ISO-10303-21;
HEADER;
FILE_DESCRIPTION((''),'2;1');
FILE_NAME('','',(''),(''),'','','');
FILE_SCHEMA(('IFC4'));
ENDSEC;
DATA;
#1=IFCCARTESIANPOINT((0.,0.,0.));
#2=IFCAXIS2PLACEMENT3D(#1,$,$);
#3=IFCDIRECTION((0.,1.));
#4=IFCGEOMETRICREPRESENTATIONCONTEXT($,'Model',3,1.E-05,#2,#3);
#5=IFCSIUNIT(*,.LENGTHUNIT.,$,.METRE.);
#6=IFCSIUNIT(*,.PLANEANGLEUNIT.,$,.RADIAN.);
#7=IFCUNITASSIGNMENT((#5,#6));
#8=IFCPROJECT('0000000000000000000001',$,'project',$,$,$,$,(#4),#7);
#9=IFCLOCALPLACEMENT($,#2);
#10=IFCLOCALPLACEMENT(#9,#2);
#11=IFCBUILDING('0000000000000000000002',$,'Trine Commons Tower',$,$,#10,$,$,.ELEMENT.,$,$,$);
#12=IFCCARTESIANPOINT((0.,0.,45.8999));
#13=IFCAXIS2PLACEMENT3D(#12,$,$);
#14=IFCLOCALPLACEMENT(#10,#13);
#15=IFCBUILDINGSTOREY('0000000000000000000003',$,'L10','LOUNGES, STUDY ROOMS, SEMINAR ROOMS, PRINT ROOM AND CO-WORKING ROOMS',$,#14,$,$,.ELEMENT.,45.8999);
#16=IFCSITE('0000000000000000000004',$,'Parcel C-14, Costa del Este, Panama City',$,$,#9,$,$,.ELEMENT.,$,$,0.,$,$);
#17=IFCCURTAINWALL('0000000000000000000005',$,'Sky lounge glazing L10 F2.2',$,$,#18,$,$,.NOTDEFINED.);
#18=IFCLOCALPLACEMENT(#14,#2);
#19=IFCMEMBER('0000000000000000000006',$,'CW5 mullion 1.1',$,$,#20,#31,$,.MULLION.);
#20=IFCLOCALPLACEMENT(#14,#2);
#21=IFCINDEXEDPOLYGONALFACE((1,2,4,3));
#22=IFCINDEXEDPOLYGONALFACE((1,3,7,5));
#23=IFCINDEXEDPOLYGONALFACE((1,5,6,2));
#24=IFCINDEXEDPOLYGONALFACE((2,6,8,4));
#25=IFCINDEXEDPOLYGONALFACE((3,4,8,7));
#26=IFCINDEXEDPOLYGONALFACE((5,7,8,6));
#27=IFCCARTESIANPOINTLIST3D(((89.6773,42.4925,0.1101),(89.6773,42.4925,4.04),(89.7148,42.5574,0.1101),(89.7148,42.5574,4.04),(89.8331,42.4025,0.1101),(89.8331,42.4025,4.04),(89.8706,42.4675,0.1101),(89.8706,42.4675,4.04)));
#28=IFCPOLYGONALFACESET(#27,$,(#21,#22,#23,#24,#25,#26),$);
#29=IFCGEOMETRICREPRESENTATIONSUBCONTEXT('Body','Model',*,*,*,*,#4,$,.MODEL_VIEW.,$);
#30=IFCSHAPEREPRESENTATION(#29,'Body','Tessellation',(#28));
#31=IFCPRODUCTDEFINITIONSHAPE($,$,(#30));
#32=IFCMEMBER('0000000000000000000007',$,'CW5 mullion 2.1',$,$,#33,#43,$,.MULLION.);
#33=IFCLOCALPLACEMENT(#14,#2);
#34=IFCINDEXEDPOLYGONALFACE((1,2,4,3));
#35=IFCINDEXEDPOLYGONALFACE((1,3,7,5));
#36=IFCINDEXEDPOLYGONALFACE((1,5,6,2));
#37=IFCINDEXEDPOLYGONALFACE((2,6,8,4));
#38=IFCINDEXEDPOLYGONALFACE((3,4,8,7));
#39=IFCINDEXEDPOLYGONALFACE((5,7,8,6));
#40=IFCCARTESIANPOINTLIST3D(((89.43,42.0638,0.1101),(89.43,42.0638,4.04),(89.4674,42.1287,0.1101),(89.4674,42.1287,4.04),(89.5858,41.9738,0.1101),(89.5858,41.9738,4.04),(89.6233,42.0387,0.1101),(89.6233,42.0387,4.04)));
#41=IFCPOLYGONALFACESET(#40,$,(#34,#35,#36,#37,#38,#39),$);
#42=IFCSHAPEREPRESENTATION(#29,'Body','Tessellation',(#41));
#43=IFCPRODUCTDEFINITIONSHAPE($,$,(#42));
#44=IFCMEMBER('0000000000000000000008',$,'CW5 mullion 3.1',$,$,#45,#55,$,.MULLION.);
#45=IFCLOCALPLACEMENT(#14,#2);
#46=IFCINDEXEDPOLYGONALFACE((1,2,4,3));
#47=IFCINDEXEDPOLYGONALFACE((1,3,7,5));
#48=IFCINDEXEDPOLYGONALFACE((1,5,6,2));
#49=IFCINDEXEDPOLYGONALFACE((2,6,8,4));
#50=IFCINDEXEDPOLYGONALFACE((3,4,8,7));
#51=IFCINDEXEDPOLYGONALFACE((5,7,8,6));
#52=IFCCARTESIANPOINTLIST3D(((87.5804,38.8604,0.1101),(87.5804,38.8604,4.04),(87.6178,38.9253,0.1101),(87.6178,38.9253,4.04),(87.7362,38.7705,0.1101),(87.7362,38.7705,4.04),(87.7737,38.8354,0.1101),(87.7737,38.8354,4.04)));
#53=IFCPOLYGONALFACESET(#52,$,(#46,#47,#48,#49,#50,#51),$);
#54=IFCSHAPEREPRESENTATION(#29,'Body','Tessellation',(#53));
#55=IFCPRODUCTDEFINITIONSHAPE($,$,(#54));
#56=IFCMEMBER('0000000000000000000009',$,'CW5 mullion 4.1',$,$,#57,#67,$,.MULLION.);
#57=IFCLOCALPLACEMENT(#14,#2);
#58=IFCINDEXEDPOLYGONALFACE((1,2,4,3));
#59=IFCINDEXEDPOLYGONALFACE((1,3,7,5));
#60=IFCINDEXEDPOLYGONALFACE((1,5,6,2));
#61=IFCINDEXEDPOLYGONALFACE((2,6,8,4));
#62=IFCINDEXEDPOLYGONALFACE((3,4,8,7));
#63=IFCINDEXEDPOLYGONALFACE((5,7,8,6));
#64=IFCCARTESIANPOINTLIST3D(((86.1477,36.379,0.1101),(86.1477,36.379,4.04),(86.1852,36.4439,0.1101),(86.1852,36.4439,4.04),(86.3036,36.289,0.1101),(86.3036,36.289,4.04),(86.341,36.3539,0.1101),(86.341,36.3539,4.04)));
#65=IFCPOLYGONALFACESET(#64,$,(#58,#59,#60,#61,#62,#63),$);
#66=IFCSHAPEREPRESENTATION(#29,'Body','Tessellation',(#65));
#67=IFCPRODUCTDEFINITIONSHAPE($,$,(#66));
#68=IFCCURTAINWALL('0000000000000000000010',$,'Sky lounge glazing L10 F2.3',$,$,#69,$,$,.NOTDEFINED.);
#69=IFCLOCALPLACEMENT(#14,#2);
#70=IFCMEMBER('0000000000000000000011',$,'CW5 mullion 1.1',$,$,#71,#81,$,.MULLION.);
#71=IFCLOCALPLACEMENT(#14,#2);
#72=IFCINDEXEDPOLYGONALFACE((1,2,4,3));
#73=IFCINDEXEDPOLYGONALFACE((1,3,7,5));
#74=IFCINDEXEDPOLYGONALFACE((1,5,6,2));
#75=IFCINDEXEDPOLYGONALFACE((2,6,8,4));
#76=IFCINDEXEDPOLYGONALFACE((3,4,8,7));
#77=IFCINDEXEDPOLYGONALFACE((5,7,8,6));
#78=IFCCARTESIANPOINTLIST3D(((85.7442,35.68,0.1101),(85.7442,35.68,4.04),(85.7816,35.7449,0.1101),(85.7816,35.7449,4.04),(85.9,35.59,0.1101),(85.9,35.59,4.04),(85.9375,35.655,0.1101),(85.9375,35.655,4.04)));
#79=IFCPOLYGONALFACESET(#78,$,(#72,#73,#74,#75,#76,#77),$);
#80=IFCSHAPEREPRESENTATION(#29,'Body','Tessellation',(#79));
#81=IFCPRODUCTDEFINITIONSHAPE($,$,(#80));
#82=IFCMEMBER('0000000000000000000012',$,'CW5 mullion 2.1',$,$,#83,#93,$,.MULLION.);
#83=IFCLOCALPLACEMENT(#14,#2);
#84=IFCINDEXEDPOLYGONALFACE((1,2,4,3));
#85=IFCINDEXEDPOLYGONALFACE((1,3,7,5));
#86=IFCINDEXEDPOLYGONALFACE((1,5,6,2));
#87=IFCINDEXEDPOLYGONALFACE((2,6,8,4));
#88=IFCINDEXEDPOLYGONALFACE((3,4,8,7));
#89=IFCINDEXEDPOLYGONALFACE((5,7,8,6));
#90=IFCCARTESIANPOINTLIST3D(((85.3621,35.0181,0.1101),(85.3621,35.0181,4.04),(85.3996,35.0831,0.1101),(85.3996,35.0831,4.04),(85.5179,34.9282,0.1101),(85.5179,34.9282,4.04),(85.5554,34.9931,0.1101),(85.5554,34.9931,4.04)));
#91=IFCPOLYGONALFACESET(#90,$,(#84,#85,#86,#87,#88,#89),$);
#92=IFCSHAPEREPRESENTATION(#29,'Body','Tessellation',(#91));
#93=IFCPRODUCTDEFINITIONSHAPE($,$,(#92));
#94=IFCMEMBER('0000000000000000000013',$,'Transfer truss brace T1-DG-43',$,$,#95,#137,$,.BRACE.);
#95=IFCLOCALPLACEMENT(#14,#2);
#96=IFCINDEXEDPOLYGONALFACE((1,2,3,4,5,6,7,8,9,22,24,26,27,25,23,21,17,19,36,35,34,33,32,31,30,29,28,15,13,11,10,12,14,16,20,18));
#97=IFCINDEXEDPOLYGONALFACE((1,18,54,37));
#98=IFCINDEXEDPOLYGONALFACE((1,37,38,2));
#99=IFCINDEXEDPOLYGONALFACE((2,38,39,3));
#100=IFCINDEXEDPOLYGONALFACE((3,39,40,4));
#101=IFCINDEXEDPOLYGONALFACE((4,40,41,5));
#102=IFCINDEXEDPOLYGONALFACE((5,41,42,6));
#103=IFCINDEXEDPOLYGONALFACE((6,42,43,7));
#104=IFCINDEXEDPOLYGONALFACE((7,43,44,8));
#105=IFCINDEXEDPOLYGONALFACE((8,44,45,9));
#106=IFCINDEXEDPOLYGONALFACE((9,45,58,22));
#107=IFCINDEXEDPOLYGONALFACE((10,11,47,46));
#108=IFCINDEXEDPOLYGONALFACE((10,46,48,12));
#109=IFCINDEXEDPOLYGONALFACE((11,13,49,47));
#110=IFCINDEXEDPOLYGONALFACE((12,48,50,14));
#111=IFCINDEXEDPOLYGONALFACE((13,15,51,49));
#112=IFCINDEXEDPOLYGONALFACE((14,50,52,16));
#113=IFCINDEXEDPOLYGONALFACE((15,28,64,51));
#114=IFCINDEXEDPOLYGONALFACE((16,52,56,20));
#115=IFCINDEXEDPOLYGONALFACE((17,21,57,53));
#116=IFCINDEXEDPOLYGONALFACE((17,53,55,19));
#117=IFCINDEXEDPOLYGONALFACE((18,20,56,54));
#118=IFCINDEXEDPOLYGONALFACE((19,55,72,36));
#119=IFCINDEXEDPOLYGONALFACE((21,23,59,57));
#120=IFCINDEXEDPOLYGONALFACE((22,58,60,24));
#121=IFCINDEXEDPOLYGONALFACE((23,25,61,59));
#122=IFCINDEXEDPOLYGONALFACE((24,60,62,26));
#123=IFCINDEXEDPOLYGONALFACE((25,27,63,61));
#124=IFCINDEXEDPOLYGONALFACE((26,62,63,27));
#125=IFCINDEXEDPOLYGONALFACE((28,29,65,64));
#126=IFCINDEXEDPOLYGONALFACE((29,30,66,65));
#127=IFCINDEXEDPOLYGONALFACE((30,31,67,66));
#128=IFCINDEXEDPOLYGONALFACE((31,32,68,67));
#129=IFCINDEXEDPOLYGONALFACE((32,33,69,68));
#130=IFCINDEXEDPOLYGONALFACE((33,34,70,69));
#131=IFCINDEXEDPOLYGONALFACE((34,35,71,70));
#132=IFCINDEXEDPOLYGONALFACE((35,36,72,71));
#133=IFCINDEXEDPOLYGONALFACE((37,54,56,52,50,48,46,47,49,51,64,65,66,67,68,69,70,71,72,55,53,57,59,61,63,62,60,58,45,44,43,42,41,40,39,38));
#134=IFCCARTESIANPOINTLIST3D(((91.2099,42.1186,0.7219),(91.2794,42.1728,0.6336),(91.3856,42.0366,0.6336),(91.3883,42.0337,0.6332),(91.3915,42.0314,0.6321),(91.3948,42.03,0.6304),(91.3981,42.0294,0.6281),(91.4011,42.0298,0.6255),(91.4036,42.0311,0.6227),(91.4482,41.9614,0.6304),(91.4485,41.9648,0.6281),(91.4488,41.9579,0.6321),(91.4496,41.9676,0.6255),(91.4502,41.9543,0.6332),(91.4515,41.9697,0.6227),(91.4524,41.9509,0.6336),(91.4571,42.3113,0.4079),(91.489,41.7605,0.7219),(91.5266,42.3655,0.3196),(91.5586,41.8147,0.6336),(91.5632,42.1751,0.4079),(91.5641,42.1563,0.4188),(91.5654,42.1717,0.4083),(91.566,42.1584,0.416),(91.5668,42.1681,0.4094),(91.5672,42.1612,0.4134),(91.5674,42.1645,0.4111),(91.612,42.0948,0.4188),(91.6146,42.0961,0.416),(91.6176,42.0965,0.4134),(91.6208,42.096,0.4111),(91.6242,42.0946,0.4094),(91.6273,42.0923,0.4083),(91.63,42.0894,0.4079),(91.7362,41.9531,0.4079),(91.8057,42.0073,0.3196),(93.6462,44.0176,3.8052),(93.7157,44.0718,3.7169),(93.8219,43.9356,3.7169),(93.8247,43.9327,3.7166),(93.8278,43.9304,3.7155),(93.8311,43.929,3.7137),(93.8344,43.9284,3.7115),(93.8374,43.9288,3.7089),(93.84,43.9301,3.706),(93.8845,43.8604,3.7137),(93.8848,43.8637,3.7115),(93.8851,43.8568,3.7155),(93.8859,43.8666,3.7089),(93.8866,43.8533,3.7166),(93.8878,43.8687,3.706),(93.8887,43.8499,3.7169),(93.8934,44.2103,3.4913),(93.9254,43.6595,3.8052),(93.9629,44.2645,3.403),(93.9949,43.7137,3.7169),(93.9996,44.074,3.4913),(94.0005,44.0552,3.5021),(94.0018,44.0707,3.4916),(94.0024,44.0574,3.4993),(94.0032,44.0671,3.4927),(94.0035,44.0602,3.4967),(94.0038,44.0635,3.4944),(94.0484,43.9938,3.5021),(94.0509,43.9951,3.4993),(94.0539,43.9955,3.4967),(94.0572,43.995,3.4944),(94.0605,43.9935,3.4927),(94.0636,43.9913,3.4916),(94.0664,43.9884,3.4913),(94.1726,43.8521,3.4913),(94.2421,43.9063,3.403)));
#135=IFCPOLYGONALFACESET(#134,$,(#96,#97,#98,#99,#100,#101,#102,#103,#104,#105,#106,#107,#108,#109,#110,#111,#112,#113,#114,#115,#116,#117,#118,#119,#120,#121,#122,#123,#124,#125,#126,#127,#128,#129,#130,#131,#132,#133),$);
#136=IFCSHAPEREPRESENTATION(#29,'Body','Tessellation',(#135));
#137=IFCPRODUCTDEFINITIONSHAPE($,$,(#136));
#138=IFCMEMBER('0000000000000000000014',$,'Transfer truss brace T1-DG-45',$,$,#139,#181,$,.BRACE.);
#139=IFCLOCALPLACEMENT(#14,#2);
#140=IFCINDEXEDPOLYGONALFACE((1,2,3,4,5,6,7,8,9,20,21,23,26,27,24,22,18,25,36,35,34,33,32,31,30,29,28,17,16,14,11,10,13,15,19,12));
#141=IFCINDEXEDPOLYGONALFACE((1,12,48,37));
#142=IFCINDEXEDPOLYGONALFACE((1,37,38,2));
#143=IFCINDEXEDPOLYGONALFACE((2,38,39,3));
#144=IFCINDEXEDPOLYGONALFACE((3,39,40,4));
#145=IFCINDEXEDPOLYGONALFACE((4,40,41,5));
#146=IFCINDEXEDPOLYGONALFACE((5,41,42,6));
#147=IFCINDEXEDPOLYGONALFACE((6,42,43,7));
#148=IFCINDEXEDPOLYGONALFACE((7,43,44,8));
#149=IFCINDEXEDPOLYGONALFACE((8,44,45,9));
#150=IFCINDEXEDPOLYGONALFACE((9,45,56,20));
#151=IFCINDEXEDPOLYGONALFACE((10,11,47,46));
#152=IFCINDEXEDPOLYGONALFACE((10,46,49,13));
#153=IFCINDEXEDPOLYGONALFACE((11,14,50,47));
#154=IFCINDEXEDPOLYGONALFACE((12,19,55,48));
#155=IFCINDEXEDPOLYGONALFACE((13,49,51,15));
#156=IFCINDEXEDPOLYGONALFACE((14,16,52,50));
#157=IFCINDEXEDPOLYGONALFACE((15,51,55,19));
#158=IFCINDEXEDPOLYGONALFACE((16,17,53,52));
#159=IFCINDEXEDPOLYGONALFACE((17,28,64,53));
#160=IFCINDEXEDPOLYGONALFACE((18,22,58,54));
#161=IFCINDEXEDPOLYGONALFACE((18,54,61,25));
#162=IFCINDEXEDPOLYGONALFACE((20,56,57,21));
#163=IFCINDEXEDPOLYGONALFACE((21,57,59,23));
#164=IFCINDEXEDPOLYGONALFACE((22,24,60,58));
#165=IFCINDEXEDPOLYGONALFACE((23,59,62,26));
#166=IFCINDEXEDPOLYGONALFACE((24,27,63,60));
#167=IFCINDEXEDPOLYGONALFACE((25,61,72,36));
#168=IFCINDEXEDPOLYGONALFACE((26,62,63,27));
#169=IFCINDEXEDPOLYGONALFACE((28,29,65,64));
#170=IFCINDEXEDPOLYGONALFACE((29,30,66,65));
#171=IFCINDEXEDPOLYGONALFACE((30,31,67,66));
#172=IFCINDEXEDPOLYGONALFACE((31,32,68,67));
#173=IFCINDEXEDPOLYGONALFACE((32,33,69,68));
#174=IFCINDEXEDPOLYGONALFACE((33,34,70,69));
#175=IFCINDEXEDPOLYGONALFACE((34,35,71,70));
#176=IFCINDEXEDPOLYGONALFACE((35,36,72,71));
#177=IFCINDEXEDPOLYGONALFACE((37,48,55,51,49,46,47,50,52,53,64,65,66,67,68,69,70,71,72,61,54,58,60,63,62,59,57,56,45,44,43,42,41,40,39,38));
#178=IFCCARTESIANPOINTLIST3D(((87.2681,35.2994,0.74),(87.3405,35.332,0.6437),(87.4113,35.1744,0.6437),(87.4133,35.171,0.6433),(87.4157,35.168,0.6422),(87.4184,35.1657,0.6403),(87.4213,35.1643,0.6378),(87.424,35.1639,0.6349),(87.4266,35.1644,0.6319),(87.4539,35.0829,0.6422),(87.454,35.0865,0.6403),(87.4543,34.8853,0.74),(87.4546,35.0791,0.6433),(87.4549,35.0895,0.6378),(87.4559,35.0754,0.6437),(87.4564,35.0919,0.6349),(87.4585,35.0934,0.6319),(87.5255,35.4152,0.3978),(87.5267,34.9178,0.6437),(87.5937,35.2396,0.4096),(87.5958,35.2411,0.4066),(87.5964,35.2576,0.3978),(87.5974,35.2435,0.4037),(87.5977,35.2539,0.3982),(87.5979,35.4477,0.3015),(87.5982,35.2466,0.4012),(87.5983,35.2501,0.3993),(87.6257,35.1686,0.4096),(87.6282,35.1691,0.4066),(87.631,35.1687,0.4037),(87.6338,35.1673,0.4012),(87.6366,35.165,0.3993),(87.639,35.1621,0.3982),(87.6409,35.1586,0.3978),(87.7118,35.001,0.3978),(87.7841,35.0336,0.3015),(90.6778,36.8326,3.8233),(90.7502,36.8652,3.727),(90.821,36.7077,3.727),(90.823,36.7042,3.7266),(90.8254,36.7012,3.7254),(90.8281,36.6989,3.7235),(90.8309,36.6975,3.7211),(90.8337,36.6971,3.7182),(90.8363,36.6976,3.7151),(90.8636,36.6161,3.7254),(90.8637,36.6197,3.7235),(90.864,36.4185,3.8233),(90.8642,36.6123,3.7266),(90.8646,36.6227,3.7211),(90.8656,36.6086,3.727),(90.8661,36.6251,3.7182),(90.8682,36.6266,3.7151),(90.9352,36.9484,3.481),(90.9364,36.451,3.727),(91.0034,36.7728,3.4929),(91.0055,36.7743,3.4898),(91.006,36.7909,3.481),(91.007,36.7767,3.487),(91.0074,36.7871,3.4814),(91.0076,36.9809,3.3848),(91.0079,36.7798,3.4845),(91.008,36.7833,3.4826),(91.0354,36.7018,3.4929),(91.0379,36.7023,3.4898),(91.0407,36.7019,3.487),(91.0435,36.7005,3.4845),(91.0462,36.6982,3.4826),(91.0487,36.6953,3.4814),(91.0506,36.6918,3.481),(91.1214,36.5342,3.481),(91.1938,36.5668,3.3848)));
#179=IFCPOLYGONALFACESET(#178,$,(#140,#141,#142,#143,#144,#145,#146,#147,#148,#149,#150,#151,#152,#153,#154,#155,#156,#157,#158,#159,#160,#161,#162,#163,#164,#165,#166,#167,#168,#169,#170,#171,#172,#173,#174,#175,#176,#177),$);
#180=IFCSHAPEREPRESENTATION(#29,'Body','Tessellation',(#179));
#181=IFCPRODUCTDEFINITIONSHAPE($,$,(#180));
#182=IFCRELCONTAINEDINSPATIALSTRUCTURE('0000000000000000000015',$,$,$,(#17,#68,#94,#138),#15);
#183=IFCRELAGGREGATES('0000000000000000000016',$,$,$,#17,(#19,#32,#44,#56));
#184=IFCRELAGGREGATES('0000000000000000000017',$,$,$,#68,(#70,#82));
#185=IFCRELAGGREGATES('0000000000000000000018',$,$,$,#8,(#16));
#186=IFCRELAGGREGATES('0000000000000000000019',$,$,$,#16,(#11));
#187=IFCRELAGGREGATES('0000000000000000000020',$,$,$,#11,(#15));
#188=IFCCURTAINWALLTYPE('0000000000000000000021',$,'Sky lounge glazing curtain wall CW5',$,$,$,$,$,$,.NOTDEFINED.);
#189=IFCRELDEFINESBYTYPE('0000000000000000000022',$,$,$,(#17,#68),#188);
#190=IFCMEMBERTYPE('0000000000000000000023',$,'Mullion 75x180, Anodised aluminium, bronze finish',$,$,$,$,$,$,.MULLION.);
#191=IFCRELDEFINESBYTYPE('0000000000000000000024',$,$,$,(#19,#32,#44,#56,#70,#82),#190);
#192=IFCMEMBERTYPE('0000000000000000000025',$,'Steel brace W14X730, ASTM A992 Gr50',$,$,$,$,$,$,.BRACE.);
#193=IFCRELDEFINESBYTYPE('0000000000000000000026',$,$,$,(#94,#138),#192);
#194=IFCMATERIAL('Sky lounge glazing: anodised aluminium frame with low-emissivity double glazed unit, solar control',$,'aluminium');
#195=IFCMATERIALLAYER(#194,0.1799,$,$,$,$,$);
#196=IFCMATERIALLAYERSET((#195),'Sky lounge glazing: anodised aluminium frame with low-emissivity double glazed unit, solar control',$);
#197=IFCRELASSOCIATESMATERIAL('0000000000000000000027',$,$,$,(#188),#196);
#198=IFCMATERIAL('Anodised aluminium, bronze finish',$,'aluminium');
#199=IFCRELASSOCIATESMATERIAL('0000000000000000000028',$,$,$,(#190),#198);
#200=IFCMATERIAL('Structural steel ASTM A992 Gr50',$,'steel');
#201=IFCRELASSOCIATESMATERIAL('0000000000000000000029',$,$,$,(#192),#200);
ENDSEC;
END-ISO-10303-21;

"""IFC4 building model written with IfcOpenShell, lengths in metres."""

from ifc_helpers import new_model, si_unit, direction, frame, origin, origin_2d, place, context, subcontext, project, spatial, rectangle, i_section, extrude, material, layer, layer_set, material_profile, profile_set, type_object, element, aggregate, save


model = new_model("IFC4")

# Units and contexts
model_context = context("Model", 3, precision=1e-05, world=origin(), true_north=direction((0.0, 1.0)))
body_context = subcontext(model_context, "Body", "Model", "MODEL_VIEW")
ifc_project = project(units=[si_unit("LENGTHUNIT", "METRE"), si_unit("PLANEANGLEUNIT", "RADIAN")], contexts=[model_context])

# Site, building, storey
site_placement = place(None, origin())
site = spatial("IfcSite", under=ifc_project, at=site_placement, Name="Parcel C-14, Costa del Este, Panama City", CompositionType="ELEMENT", RefElevation=0.0)
building_placement = place(site_placement, origin())
building = spatial("IfcBuilding", under=site, at=building_placement, Name="Trine Commons Tower", CompositionType="ELEMENT")
storey_placement = place(building_placement, frame((0.0, 0.0, 45.8999)))
storey = spatial("IfcBuildingStorey", under=building, at=storey_placement, Name="L10", Description="LOUNGES, STUDY ROOMS, SEMINAR ROOMS, PRINT ROOM AND CO-WORKING ROOMS", CompositionType="ELEMENT", Elevation=45.8999)

# Curtain walls, members
ifc_material_1 = material(Name="Sky lounge glazing: anodised aluminium frame with low-emissivity double glazed unit, solar control", Category="aluminium")
ifc_layer_1 = layer(ifc_material_1, 0.1799)
ifc_layer_set_1 = layer_set([ifc_layer_1], Name="Sky lounge glazing: anodised aluminium frame with low-emissivity double glazed unit, solar control")
curtain_wall_type = type_object("IfcCurtainWallType", Name="Sky lounge glazing curtain wall CW5", PredefinedType="NOTDEFINED", material=ifc_layer_set_1)
curtain_wall_1_placement = place(storey_placement, origin())
curtain_wall_1 = element("IfcCurtainWall", 1, at=curtain_wall_1_placement, inside=storey, type_object=curtain_wall_type, Name="Sky lounge glazing L10 F2.2", PredefinedType="NOTDEFINED")
ifc_material_2 = material(Name="Anodised aluminium, bronze finish", Category="aluminium")
ifc_material_profile_1 = material_profile(ifc_material_2, rectangle(XDim=0.1799, YDim=0.075, at=origin_2d()), Name="Mullion 75x180")
ifc_profile_set_1 = profile_set([ifc_material_profile_1], Name="Anodised aluminium, bronze finish")
member_type_1 = type_object("IfcMemberType", Name="Mullion 75x180, Anodised aluminium, bronze finish", PredefinedType="MULLION", material=ifc_profile_set_1)
member_1_placement = place(storey_placement, frame((89.7739, 42.48, 0.1101), z_axis=(0.0, 0.0, 1.0), x_axis=(0.866025, -0.5, 0.0)))
member_1 = element("IfcMember", 2, at=member_1_placement, type_object=member_type_1, Name="CW5 mullion 1.1", PredefinedType="MULLION", context=body_context, shape_type="SweptSolid", body=[
    extrude(rectangle(XDim=0.1799, YDim=0.075, at=origin_2d()), origin(), (0.0, 0.0, 1.0), 3.9299),
])
member_2_placement = place(storey_placement, frame((89.5266, 42.0513, 0.1101), z_axis=(0.0, 0.0, 1.0), x_axis=(0.866025, -0.5, 0.0)))
member_2 = element("IfcMember", 3, at=member_2_placement, type_object=member_type_1, Name="CW5 mullion 2.1", PredefinedType="MULLION", context=body_context, shape_type="SweptSolid", body=[
    extrude(rectangle(XDim=0.1799, YDim=0.075, at=origin_2d()), origin(), (0.0, 0.0, 1.0), 3.9299),
])
member_3_placement = place(storey_placement, frame((87.677, 38.8479, 0.1101), z_axis=(0.0, 0.0, 1.0), x_axis=(0.866025, -0.5, 0.0)))
member_3 = element("IfcMember", 4, at=member_3_placement, type_object=member_type_1, Name="CW5 mullion 3.1", PredefinedType="MULLION", context=body_context, shape_type="SweptSolid", body=[
    extrude(rectangle(XDim=0.1799, YDim=0.075, at=origin_2d()), origin(), (0.0, 0.0, 1.0), 3.9299),
])
member_4_placement = place(storey_placement, frame((86.2444, 36.3665, 0.1101), z_axis=(0.0, 0.0, 1.0), x_axis=(0.866025, -0.5, 0.0)))
member_4 = element("IfcMember", 5, at=member_4_placement, type_object=member_type_1, Name="CW5 mullion 4.1", PredefinedType="MULLION", context=body_context, shape_type="SweptSolid", body=[
    extrude(rectangle(XDim=0.1799, YDim=0.075, at=origin_2d()), origin(), (0.0, 0.0, 1.0), 3.9299),
])
curtain_wall_2_placement = place(storey_placement, origin())
curtain_wall_2 = element("IfcCurtainWall", 6, at=curtain_wall_2_placement, inside=storey, type_object=curtain_wall_type, Name="Sky lounge glazing L10 F2.3", PredefinedType="NOTDEFINED")
member_5_placement = place(storey_placement, frame((85.8408, 35.6675, 0.1101), z_axis=(0.0, 0.0, 1.0), x_axis=(0.866025, -0.5, 0.0)))
member_5 = element("IfcMember", 7, at=member_5_placement, type_object=member_type_1, Name="CW5 mullion 1.1", PredefinedType="MULLION", context=body_context, shape_type="SweptSolid", body=[
    extrude(rectangle(XDim=0.1799, YDim=0.075, at=origin_2d()), origin(), (0.0, 0.0, 1.0), 3.9299),
])
member_6_placement = place(storey_placement, frame((85.4587, 35.0056, 0.1101), z_axis=(0.0, 0.0, 1.0), x_axis=(0.866025, -0.5, 0.0)))
member_6 = element("IfcMember", 8, at=member_6_placement, type_object=member_type_1, Name="CW5 mullion 2.1", PredefinedType="MULLION", context=body_context, shape_type="SweptSolid", body=[
    extrude(rectangle(XDim=0.1799, YDim=0.075, at=origin_2d()), origin(), (0.0, 0.0, 1.0), 3.9299),
])

# Members
ifc_material_3 = material(Name="Structural steel ASTM A992 Gr50", Category="steel")
ifc_material_profile_2 = material_profile(ifc_material_3, i_section(OverallWidth=0.4541, OverallDepth=0.5684, WebThickness=0.0779, FlangeThickness=0.1248, FilletRadius=0.0154, at=origin_2d()), Name="W14X730")
ifc_profile_set_2 = profile_set([ifc_material_profile_2], Name="Structural steel ASTM A992 Gr50")
member_type_2 = type_object("IfcMemberType", Name="Steel brace W14X730, ASTM A992 Gr50", PredefinedType="BRACE", material=ifc_profile_set_2)
member_7_placement = place(storey_placement, frame((91.5078, 42.063, 0.5208), z_axis=(0.558219, 0.435096, 0.706458), x_axis=(-0.614756, 0.788718, 0.0)))
element("IfcMember", 9, at=member_7_placement, inside=storey, type_object=member_type_2, Name="Transfer truss brace T1-DG-43", PredefinedType="BRACE", context=body_context, shape_type="SweptSolid", body=[
    extrude(i_section(OverallWidth=0.4541, OverallDepth=0.5684, WebThickness=0.0779, FlangeThickness=0.1248, FilletRadius=0.0154, at=origin_2d()), origin(), (0.0, 0.0, 1.0), 4.3645),
])
member_8_placement = place(storey_placement, frame((87.5261, 35.1665, 0.5208), z_axis=(0.703615, 0.31639, 0.636257), x_axis=(-0.410109, 0.912036, 0.0)))
element("IfcMember", 10, at=member_8_placement, inside=storey, type_object=member_type_2, Name="Transfer truss brace T1-DG-45", PredefinedType="BRACE", context=body_context, shape_type="SweptSolid", body=[
    extrude(i_section(OverallWidth=0.4541, OverallDepth=0.5684, WebThickness=0.0779, FlangeThickness=0.1248, FilletRadius=0.0154, at=origin_2d()), origin(), (0.0, 0.0, 1.0), 4.8459),
])

aggregate(curtain_wall_1, [member_1, member_2, member_3, member_4])
aggregate(curtain_wall_2, [member_5, member_6])

save(model, "model.ifc")
